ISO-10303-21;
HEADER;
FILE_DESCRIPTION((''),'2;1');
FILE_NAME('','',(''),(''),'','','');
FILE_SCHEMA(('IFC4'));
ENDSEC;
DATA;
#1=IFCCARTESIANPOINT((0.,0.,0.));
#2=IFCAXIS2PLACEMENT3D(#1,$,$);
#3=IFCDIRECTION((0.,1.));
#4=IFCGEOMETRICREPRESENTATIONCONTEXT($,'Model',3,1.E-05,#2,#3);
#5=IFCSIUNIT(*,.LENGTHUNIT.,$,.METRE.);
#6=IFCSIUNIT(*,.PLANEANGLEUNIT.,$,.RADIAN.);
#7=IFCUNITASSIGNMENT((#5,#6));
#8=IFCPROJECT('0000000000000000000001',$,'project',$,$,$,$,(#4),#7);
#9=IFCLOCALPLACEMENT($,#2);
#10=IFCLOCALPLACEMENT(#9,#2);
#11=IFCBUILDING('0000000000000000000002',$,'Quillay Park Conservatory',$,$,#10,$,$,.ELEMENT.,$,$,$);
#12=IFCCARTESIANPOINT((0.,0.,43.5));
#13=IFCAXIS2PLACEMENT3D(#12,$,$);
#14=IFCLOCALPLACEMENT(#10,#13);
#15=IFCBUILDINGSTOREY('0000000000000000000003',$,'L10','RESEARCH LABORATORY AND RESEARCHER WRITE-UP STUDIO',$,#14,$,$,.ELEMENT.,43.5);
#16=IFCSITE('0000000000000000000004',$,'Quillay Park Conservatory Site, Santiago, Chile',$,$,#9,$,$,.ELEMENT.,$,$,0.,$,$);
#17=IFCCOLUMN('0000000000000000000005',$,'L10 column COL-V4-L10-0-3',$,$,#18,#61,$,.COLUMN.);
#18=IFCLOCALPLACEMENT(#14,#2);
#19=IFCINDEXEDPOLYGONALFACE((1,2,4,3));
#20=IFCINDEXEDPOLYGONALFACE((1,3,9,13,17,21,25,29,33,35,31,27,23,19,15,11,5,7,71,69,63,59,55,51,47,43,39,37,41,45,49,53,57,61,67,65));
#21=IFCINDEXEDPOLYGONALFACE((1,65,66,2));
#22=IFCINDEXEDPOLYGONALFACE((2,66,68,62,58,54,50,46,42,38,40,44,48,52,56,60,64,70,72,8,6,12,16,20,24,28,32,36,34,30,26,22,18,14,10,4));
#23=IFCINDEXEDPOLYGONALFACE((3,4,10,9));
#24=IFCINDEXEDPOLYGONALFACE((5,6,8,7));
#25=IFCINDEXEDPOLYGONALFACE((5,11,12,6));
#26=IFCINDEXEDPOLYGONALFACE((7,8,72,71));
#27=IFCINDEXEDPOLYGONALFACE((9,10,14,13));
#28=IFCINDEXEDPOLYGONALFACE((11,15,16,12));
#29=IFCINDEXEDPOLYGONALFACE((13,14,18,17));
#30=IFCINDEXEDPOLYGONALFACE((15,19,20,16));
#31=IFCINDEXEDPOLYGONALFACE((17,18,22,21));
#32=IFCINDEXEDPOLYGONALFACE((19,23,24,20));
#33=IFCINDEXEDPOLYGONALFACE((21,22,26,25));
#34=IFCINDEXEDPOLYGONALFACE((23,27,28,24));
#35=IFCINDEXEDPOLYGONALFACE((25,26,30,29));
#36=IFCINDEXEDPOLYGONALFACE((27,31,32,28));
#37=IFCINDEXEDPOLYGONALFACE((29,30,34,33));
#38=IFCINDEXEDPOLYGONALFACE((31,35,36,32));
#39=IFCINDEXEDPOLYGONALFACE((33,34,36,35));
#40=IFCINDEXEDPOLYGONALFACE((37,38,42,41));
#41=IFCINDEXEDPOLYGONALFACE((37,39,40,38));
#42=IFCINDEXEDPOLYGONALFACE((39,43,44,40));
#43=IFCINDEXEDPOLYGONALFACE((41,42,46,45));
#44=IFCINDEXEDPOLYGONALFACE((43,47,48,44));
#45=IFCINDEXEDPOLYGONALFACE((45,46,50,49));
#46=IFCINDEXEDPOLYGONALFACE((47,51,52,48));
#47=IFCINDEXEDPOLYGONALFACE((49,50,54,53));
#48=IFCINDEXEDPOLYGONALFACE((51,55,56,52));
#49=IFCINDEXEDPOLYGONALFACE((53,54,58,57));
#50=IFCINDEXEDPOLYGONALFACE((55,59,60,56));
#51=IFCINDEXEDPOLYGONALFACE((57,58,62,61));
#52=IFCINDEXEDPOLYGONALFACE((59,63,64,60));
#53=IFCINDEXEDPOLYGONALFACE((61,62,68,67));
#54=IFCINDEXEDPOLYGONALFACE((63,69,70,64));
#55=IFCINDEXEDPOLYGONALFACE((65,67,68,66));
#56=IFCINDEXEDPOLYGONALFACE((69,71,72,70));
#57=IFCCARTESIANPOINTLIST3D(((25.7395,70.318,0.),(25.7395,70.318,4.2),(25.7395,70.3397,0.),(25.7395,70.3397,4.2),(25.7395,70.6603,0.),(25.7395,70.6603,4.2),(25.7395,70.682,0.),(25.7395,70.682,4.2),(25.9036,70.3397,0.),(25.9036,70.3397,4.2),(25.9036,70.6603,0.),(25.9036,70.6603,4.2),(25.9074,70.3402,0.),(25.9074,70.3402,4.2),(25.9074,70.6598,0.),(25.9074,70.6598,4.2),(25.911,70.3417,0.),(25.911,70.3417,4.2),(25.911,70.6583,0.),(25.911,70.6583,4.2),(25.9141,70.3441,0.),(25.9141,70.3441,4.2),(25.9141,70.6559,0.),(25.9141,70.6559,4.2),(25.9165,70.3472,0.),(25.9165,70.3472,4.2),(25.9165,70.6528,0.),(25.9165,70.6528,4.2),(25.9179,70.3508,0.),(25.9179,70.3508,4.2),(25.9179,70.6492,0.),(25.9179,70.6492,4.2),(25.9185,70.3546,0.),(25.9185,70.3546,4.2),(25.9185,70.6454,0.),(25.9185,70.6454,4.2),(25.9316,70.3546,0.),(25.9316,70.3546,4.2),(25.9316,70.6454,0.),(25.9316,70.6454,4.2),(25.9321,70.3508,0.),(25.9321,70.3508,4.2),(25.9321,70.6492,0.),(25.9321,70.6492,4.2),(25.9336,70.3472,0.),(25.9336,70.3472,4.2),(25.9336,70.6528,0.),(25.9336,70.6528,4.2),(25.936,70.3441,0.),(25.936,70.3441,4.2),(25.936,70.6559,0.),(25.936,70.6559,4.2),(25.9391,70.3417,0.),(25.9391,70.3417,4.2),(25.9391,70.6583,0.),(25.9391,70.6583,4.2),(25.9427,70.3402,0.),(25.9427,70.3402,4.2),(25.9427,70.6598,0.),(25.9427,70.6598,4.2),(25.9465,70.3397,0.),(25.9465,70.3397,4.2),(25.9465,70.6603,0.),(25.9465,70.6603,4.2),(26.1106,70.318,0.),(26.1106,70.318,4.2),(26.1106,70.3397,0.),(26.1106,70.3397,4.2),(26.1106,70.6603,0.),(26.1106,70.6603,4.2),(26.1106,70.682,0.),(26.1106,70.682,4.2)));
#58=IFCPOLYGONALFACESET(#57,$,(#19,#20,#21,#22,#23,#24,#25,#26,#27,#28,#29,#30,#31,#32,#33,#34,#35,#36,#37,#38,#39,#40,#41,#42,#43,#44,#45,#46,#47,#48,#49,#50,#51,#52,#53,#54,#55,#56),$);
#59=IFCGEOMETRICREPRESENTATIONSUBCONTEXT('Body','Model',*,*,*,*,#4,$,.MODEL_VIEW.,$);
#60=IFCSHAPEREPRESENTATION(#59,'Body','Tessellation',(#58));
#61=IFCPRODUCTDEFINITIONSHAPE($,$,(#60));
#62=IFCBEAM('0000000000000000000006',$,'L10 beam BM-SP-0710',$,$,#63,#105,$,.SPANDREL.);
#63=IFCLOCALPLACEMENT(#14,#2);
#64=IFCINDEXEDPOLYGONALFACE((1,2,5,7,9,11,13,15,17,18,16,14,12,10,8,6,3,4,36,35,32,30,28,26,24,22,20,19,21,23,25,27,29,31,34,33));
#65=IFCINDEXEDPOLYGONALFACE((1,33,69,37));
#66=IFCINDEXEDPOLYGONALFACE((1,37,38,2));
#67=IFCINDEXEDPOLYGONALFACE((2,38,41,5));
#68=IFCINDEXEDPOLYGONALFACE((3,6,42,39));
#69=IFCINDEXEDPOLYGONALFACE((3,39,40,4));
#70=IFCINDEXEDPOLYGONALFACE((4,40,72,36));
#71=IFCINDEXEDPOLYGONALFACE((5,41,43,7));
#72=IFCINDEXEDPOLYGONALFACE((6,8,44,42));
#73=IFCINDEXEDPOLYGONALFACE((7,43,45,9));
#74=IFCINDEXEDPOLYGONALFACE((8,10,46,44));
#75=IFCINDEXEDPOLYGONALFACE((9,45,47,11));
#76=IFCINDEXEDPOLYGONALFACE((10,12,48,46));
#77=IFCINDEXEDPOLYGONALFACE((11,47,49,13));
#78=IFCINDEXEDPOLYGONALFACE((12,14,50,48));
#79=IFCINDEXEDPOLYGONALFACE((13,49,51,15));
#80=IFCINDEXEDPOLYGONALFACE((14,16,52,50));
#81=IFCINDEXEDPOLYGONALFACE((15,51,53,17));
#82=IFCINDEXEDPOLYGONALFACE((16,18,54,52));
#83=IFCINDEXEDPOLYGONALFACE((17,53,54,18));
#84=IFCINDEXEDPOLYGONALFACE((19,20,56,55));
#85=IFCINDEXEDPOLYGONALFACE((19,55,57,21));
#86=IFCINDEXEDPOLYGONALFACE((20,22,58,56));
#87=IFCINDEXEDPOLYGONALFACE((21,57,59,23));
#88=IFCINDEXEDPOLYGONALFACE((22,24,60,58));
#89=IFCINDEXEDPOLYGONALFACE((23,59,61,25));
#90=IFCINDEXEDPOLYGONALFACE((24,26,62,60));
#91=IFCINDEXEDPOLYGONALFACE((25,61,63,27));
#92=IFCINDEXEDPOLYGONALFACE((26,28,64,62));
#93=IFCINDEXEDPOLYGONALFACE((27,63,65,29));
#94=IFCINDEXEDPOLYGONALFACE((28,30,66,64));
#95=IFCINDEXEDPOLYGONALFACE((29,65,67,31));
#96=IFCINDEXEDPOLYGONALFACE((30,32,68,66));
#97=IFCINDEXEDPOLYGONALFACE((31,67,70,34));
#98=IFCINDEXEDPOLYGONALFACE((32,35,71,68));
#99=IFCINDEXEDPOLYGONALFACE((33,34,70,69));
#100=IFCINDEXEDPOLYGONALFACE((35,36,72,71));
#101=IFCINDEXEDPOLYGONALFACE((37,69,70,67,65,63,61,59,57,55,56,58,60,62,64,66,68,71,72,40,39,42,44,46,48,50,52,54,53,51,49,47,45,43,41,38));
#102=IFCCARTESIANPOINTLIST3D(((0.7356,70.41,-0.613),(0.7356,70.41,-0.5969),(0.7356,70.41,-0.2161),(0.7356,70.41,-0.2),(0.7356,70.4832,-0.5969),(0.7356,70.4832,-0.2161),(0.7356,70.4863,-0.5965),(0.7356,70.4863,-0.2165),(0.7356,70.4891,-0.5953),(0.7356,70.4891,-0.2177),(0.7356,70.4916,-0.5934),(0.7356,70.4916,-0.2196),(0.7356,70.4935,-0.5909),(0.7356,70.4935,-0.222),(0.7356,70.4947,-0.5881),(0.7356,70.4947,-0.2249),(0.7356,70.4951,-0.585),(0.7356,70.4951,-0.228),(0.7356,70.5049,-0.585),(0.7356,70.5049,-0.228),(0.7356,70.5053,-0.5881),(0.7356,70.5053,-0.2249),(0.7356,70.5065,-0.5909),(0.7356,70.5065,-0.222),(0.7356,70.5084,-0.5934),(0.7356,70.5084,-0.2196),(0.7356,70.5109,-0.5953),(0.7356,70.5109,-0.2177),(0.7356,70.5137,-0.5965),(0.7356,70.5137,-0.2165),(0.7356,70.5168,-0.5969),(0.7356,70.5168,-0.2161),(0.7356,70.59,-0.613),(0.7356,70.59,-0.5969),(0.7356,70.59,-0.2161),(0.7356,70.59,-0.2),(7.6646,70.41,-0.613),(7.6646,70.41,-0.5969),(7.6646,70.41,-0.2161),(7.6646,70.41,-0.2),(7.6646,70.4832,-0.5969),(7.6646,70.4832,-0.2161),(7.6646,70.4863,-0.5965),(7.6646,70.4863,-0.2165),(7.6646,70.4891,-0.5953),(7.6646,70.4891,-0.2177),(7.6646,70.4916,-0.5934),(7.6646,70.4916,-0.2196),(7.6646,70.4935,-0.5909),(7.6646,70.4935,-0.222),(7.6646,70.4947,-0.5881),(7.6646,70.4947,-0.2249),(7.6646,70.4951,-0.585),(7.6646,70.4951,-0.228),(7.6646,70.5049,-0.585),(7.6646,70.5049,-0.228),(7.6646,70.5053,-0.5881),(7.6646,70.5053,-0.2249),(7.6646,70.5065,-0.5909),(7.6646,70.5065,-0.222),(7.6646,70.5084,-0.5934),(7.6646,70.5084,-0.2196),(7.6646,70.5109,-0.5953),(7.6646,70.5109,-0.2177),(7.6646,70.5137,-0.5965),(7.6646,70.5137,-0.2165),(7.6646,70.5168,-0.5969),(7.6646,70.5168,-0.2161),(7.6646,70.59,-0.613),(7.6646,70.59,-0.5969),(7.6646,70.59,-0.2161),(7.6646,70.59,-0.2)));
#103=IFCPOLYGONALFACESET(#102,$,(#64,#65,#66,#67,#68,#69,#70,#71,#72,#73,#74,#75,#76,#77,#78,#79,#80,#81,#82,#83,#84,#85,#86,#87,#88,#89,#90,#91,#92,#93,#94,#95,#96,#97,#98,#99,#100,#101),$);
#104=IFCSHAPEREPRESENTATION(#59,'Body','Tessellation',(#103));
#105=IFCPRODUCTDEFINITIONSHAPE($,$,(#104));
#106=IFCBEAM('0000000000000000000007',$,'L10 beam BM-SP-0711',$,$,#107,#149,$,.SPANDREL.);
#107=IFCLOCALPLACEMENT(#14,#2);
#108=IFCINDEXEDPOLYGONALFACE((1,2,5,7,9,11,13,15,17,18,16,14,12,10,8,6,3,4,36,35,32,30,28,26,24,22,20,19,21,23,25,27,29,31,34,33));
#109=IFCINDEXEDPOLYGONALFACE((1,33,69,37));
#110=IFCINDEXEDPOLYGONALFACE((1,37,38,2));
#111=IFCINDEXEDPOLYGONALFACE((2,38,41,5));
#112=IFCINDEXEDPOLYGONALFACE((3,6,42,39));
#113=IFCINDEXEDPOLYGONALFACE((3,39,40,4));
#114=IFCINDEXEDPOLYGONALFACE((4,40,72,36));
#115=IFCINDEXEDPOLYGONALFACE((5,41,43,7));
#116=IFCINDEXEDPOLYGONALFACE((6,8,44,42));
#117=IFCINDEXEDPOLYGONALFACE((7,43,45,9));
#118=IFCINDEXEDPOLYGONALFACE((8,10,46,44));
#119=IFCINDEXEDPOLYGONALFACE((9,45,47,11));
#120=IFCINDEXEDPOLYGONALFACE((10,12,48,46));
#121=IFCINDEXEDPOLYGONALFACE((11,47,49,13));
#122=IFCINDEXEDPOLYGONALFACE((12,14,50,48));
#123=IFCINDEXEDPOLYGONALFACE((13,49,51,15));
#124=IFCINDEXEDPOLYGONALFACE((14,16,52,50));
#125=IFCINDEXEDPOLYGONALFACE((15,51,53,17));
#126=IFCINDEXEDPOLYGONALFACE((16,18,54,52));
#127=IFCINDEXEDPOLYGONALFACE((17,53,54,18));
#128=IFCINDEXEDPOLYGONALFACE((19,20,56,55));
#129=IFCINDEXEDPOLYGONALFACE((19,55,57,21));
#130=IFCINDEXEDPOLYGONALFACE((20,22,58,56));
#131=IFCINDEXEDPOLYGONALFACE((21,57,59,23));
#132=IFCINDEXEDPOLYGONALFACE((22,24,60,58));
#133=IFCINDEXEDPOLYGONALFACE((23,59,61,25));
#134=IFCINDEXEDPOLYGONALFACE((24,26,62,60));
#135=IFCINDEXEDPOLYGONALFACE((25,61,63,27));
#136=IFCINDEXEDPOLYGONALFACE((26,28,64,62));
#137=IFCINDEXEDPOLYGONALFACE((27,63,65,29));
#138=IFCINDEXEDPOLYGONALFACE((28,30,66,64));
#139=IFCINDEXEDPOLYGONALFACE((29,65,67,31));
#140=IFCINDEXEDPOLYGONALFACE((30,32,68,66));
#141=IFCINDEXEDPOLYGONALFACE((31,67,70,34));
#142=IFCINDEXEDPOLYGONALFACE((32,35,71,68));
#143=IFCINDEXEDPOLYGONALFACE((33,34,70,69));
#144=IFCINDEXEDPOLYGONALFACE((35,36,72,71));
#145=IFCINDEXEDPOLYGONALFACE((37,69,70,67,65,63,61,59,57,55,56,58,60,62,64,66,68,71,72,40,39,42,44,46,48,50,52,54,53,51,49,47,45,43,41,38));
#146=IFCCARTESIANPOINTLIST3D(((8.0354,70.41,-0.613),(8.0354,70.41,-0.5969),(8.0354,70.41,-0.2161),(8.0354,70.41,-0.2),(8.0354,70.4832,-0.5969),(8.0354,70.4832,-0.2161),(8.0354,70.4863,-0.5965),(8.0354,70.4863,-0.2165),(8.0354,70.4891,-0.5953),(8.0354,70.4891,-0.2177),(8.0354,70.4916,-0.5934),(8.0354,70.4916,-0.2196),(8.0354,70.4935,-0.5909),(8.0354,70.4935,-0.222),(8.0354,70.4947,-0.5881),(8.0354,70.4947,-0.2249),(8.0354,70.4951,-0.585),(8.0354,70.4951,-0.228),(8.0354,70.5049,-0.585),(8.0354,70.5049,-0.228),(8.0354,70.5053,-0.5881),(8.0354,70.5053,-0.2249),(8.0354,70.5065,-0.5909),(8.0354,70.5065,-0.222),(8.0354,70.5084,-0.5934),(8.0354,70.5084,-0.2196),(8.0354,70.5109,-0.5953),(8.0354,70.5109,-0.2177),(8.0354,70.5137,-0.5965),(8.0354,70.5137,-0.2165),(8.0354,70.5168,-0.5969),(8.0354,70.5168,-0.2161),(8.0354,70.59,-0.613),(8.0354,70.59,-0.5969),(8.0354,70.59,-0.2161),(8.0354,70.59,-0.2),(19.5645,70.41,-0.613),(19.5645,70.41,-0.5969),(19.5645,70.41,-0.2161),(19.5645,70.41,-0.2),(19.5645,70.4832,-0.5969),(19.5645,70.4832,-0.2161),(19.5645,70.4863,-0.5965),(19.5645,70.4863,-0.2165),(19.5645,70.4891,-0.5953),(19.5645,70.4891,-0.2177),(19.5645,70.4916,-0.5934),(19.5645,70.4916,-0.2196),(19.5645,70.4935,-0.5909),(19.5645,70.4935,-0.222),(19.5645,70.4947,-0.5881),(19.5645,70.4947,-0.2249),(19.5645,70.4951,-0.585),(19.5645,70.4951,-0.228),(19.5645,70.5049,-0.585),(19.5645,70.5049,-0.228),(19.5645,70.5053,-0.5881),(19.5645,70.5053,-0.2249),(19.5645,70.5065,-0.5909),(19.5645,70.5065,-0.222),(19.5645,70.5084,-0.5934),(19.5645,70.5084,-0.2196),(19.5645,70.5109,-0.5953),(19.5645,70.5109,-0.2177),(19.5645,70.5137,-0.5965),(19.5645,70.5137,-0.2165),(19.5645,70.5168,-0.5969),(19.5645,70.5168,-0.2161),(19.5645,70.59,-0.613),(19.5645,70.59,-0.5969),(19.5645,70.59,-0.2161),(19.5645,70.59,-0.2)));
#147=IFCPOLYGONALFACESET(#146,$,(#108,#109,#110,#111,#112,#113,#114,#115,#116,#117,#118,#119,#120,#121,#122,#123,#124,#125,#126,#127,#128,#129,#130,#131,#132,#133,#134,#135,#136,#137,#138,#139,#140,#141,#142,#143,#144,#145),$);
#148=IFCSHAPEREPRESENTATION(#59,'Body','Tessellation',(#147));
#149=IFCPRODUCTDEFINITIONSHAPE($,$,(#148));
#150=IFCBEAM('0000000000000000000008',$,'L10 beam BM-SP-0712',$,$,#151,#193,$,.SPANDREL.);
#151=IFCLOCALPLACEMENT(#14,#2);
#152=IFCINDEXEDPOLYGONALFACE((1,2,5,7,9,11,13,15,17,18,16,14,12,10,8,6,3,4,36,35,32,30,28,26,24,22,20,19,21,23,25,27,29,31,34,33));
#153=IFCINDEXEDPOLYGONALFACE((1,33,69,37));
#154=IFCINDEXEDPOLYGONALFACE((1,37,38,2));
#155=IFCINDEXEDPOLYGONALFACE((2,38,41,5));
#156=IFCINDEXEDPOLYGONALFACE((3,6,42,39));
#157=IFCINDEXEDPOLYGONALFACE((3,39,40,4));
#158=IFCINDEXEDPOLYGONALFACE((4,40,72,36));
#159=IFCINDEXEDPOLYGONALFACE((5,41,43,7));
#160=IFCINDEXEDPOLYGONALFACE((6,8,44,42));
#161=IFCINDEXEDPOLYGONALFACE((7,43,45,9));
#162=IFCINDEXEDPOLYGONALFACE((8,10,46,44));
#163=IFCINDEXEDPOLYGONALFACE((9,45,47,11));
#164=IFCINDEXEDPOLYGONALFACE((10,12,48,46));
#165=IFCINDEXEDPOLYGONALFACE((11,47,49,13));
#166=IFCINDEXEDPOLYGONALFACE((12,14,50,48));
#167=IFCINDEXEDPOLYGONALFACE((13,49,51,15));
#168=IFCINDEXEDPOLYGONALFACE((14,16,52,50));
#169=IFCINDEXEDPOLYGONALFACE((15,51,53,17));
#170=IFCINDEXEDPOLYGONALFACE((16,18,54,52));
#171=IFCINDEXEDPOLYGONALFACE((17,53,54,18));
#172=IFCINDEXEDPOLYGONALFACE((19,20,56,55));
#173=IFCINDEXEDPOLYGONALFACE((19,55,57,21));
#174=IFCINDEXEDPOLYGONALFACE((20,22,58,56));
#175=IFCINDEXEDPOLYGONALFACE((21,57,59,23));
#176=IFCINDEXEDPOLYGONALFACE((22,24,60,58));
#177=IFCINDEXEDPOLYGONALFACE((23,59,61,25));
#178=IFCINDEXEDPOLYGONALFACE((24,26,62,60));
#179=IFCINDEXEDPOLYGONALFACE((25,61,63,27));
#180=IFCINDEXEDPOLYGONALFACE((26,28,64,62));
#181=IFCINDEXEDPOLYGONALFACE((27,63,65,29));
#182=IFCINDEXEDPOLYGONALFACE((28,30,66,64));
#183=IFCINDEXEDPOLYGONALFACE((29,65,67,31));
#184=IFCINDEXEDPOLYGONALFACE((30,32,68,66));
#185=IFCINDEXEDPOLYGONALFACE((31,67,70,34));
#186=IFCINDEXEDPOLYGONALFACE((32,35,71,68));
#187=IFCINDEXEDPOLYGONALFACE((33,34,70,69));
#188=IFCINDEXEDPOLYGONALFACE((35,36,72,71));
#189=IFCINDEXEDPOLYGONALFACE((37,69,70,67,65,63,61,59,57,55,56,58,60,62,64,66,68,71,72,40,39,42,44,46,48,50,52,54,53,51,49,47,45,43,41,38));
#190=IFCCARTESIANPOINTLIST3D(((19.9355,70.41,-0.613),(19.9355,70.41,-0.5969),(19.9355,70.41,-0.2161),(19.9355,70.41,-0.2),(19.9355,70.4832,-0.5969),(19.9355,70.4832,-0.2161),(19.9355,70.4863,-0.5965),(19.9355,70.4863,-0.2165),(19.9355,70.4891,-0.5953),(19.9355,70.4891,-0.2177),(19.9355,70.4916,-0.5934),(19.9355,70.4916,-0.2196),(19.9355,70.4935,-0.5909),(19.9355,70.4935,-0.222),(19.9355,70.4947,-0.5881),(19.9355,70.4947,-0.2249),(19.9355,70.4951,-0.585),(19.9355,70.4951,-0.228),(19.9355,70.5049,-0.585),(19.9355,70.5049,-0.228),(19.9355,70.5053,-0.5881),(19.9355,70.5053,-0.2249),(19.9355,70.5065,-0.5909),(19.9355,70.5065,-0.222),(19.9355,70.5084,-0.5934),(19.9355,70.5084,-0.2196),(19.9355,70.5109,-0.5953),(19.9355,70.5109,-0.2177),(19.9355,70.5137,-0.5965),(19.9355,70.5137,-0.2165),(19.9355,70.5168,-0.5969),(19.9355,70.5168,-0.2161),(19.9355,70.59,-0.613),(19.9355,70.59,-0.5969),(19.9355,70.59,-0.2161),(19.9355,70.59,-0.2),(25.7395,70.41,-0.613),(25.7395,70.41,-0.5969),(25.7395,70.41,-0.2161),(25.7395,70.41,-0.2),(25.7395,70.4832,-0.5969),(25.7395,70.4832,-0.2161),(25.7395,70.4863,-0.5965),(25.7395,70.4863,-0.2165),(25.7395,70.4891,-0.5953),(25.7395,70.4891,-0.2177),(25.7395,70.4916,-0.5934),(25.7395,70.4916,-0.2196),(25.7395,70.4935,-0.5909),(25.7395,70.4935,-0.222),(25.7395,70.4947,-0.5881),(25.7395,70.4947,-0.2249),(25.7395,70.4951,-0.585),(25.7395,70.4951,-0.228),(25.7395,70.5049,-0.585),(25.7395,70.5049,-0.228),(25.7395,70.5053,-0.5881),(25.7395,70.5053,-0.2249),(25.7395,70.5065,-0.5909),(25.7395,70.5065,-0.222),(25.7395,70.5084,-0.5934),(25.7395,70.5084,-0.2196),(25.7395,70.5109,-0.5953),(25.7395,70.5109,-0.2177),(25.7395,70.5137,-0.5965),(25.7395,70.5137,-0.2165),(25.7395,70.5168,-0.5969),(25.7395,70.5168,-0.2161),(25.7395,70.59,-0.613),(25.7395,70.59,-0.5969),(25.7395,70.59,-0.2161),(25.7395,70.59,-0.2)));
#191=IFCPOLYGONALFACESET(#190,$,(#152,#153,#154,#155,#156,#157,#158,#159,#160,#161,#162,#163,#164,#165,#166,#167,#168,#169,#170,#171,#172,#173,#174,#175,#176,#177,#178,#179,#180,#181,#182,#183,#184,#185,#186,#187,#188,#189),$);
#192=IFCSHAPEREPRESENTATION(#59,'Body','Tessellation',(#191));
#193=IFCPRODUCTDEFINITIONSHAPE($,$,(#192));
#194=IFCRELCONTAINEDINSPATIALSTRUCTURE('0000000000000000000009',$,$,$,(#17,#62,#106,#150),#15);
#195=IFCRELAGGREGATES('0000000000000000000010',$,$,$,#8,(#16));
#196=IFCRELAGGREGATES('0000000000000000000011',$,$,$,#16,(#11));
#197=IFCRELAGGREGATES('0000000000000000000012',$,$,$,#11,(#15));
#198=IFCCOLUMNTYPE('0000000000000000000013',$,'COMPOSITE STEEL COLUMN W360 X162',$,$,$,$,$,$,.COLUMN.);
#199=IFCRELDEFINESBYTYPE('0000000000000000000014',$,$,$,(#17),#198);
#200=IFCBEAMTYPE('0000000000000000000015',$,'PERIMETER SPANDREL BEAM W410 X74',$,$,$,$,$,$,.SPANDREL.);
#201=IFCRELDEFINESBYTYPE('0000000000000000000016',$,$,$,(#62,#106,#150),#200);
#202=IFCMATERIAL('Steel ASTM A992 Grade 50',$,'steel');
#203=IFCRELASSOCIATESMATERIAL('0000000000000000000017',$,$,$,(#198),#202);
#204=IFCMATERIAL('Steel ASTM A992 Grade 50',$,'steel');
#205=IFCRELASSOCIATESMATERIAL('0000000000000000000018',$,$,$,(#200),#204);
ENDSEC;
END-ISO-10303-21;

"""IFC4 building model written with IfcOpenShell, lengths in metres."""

from ifc_helpers import new_model, si_unit, direction, frame, origin, origin_2d, place, context, subcontext, project, spatial, i_section, extrude, material, material_profile, profile_set, type_object, element, save


model = new_model("IFC4")

# Units and contexts
model_context = context("Model", 3, precision=1e-05, world=origin(), true_north=direction((0.0, 1.0)))
body_context = subcontext(model_context, "Body", "Model", "MODEL_VIEW")
ifc_project = project(units=[si_unit("LENGTHUNIT", "METRE"), si_unit("PLANEANGLEUNIT", "RADIAN")], contexts=[model_context])

# Site, building, storey
site_placement = place(None, origin())
site = spatial("IfcSite", under=ifc_project, at=site_placement, Name="Quillay Park Conservatory Site, Santiago, Chile", CompositionType="ELEMENT", RefElevation=0.0)
building_placement = place(site_placement, origin())
building = spatial("IfcBuilding", under=site, at=building_placement, Name="Quillay Park Conservatory", CompositionType="ELEMENT")
storey_placement = place(building_placement, frame((0.0, 0.0, 43.5)))
storey = spatial("IfcBuildingStorey", under=building, at=storey_placement, Name="L10", Description="RESEARCH LABORATORY AND RESEARCHER WRITE-UP STUDIO", CompositionType="ELEMENT", Elevation=43.5)

# Column
ifc_material_1 = material(Name="Steel ASTM A992 Grade 50", Category="steel")
ifc_material_profile_1 = material_profile(ifc_material_1, i_section(OverallWidth=0.3711, OverallDepth=0.364, WebThickness=0.0132, FlangeThickness=0.0217, FilletRadius=0.0149, at=origin_2d()), Name="W360x162")
ifc_profile_set_1 = profile_set([ifc_material_profile_1], Name="Steel ASTM A992 Grade 50")
column_type = type_object("IfcColumnType", Name="COMPOSITE STEEL COLUMN W360 X162", PredefinedType="COLUMN", material=ifc_profile_set_1)
column_placement = place(storey_placement, frame((25.925, 70.5, 0.0), z_axis=(0.0, 0.0, 1.0), x_axis=(1.0, 0.0, 0.0)))
element("IfcColumn", 1, at=column_placement, inside=storey, type_object=column_type, Name="L10 column COL-V4-L10-0-3", PredefinedType="COLUMN", context=body_context, shape_type="SweptSolid", body=[
    extrude(i_section(OverallWidth=0.3711, OverallDepth=0.364, WebThickness=0.0132, FlangeThickness=0.0217, FilletRadius=0.0149, at=origin_2d()), origin(), (0.0, 0.0, 1.0), 4.2),
])

# Beams
ifc_material_2 = material(Name="Steel ASTM A992 Grade 50", Category="steel")
ifc_material_profile_2 = material_profile(ifc_material_2, i_section(OverallWidth=0.1799, OverallDepth=0.4131, WebThickness=0.0098, FlangeThickness=0.0161, FilletRadius=0.012, at=origin_2d()), Name="W410x74")
ifc_profile_set_2 = profile_set([ifc_material_profile_2], Name="Steel ASTM A992 Grade 50")
beam_type = type_object("IfcBeamType", Name="PERIMETER SPANDREL BEAM W410 X74", PredefinedType="SPANDREL", material=ifc_profile_set_2)
beam_1_placement = place(storey_placement, frame((0.7356, 70.5, -0.4065), z_axis=(1.0, 0.0, 0.0), x_axis=(0.0, 1.0, 0.0)))
element("IfcBeam", 2, at=beam_1_placement, inside=storey, type_object=beam_type, Name="L10 beam BM-SP-0710", PredefinedType="SPANDREL", context=body_context, shape_type="SweptSolid", body=[
    extrude(i_section(OverallWidth=0.1799, OverallDepth=0.4131, WebThickness=0.0098, FlangeThickness=0.0161, FilletRadius=0.012, at=origin_2d()), origin(), (0.0, 0.0, 1.0), 6.929),
])
beam_2_placement = place(storey_placement, frame((8.0354, 70.5, -0.4065), z_axis=(1.0, 0.0, 0.0), x_axis=(0.0, 1.0, 0.0)))
element("IfcBeam", 3, at=beam_2_placement, inside=storey, type_object=beam_type, Name="L10 beam BM-SP-0711", PredefinedType="SPANDREL", context=body_context, shape_type="SweptSolid", body=[
    extrude(i_section(OverallWidth=0.1799, OverallDepth=0.4131, WebThickness=0.0098, FlangeThickness=0.0161, FilletRadius=0.012, at=origin_2d()), origin(), (0.0, 0.0, 1.0), 11.5291),
])
beam_3_placement = place(storey_placement, frame((19.9355, 70.5, -0.4065), z_axis=(1.0, 0.0, 0.0), x_axis=(0.0, 1.0, 0.0)))
element("IfcBeam", 4, at=beam_3_placement, inside=storey, type_object=beam_type, Name="L10 beam BM-SP-0712", PredefinedType="SPANDREL", context=body_context, shape_type="SweptSolid", body=[
    extrude(i_section(OverallWidth=0.1799, OverallDepth=0.4131, WebThickness=0.0098, FlangeThickness=0.0161, FilletRadius=0.012, at=origin_2d()), origin(), (0.0, 0.0, 1.0), 5.804),
])

save(model, "model.ifc")
